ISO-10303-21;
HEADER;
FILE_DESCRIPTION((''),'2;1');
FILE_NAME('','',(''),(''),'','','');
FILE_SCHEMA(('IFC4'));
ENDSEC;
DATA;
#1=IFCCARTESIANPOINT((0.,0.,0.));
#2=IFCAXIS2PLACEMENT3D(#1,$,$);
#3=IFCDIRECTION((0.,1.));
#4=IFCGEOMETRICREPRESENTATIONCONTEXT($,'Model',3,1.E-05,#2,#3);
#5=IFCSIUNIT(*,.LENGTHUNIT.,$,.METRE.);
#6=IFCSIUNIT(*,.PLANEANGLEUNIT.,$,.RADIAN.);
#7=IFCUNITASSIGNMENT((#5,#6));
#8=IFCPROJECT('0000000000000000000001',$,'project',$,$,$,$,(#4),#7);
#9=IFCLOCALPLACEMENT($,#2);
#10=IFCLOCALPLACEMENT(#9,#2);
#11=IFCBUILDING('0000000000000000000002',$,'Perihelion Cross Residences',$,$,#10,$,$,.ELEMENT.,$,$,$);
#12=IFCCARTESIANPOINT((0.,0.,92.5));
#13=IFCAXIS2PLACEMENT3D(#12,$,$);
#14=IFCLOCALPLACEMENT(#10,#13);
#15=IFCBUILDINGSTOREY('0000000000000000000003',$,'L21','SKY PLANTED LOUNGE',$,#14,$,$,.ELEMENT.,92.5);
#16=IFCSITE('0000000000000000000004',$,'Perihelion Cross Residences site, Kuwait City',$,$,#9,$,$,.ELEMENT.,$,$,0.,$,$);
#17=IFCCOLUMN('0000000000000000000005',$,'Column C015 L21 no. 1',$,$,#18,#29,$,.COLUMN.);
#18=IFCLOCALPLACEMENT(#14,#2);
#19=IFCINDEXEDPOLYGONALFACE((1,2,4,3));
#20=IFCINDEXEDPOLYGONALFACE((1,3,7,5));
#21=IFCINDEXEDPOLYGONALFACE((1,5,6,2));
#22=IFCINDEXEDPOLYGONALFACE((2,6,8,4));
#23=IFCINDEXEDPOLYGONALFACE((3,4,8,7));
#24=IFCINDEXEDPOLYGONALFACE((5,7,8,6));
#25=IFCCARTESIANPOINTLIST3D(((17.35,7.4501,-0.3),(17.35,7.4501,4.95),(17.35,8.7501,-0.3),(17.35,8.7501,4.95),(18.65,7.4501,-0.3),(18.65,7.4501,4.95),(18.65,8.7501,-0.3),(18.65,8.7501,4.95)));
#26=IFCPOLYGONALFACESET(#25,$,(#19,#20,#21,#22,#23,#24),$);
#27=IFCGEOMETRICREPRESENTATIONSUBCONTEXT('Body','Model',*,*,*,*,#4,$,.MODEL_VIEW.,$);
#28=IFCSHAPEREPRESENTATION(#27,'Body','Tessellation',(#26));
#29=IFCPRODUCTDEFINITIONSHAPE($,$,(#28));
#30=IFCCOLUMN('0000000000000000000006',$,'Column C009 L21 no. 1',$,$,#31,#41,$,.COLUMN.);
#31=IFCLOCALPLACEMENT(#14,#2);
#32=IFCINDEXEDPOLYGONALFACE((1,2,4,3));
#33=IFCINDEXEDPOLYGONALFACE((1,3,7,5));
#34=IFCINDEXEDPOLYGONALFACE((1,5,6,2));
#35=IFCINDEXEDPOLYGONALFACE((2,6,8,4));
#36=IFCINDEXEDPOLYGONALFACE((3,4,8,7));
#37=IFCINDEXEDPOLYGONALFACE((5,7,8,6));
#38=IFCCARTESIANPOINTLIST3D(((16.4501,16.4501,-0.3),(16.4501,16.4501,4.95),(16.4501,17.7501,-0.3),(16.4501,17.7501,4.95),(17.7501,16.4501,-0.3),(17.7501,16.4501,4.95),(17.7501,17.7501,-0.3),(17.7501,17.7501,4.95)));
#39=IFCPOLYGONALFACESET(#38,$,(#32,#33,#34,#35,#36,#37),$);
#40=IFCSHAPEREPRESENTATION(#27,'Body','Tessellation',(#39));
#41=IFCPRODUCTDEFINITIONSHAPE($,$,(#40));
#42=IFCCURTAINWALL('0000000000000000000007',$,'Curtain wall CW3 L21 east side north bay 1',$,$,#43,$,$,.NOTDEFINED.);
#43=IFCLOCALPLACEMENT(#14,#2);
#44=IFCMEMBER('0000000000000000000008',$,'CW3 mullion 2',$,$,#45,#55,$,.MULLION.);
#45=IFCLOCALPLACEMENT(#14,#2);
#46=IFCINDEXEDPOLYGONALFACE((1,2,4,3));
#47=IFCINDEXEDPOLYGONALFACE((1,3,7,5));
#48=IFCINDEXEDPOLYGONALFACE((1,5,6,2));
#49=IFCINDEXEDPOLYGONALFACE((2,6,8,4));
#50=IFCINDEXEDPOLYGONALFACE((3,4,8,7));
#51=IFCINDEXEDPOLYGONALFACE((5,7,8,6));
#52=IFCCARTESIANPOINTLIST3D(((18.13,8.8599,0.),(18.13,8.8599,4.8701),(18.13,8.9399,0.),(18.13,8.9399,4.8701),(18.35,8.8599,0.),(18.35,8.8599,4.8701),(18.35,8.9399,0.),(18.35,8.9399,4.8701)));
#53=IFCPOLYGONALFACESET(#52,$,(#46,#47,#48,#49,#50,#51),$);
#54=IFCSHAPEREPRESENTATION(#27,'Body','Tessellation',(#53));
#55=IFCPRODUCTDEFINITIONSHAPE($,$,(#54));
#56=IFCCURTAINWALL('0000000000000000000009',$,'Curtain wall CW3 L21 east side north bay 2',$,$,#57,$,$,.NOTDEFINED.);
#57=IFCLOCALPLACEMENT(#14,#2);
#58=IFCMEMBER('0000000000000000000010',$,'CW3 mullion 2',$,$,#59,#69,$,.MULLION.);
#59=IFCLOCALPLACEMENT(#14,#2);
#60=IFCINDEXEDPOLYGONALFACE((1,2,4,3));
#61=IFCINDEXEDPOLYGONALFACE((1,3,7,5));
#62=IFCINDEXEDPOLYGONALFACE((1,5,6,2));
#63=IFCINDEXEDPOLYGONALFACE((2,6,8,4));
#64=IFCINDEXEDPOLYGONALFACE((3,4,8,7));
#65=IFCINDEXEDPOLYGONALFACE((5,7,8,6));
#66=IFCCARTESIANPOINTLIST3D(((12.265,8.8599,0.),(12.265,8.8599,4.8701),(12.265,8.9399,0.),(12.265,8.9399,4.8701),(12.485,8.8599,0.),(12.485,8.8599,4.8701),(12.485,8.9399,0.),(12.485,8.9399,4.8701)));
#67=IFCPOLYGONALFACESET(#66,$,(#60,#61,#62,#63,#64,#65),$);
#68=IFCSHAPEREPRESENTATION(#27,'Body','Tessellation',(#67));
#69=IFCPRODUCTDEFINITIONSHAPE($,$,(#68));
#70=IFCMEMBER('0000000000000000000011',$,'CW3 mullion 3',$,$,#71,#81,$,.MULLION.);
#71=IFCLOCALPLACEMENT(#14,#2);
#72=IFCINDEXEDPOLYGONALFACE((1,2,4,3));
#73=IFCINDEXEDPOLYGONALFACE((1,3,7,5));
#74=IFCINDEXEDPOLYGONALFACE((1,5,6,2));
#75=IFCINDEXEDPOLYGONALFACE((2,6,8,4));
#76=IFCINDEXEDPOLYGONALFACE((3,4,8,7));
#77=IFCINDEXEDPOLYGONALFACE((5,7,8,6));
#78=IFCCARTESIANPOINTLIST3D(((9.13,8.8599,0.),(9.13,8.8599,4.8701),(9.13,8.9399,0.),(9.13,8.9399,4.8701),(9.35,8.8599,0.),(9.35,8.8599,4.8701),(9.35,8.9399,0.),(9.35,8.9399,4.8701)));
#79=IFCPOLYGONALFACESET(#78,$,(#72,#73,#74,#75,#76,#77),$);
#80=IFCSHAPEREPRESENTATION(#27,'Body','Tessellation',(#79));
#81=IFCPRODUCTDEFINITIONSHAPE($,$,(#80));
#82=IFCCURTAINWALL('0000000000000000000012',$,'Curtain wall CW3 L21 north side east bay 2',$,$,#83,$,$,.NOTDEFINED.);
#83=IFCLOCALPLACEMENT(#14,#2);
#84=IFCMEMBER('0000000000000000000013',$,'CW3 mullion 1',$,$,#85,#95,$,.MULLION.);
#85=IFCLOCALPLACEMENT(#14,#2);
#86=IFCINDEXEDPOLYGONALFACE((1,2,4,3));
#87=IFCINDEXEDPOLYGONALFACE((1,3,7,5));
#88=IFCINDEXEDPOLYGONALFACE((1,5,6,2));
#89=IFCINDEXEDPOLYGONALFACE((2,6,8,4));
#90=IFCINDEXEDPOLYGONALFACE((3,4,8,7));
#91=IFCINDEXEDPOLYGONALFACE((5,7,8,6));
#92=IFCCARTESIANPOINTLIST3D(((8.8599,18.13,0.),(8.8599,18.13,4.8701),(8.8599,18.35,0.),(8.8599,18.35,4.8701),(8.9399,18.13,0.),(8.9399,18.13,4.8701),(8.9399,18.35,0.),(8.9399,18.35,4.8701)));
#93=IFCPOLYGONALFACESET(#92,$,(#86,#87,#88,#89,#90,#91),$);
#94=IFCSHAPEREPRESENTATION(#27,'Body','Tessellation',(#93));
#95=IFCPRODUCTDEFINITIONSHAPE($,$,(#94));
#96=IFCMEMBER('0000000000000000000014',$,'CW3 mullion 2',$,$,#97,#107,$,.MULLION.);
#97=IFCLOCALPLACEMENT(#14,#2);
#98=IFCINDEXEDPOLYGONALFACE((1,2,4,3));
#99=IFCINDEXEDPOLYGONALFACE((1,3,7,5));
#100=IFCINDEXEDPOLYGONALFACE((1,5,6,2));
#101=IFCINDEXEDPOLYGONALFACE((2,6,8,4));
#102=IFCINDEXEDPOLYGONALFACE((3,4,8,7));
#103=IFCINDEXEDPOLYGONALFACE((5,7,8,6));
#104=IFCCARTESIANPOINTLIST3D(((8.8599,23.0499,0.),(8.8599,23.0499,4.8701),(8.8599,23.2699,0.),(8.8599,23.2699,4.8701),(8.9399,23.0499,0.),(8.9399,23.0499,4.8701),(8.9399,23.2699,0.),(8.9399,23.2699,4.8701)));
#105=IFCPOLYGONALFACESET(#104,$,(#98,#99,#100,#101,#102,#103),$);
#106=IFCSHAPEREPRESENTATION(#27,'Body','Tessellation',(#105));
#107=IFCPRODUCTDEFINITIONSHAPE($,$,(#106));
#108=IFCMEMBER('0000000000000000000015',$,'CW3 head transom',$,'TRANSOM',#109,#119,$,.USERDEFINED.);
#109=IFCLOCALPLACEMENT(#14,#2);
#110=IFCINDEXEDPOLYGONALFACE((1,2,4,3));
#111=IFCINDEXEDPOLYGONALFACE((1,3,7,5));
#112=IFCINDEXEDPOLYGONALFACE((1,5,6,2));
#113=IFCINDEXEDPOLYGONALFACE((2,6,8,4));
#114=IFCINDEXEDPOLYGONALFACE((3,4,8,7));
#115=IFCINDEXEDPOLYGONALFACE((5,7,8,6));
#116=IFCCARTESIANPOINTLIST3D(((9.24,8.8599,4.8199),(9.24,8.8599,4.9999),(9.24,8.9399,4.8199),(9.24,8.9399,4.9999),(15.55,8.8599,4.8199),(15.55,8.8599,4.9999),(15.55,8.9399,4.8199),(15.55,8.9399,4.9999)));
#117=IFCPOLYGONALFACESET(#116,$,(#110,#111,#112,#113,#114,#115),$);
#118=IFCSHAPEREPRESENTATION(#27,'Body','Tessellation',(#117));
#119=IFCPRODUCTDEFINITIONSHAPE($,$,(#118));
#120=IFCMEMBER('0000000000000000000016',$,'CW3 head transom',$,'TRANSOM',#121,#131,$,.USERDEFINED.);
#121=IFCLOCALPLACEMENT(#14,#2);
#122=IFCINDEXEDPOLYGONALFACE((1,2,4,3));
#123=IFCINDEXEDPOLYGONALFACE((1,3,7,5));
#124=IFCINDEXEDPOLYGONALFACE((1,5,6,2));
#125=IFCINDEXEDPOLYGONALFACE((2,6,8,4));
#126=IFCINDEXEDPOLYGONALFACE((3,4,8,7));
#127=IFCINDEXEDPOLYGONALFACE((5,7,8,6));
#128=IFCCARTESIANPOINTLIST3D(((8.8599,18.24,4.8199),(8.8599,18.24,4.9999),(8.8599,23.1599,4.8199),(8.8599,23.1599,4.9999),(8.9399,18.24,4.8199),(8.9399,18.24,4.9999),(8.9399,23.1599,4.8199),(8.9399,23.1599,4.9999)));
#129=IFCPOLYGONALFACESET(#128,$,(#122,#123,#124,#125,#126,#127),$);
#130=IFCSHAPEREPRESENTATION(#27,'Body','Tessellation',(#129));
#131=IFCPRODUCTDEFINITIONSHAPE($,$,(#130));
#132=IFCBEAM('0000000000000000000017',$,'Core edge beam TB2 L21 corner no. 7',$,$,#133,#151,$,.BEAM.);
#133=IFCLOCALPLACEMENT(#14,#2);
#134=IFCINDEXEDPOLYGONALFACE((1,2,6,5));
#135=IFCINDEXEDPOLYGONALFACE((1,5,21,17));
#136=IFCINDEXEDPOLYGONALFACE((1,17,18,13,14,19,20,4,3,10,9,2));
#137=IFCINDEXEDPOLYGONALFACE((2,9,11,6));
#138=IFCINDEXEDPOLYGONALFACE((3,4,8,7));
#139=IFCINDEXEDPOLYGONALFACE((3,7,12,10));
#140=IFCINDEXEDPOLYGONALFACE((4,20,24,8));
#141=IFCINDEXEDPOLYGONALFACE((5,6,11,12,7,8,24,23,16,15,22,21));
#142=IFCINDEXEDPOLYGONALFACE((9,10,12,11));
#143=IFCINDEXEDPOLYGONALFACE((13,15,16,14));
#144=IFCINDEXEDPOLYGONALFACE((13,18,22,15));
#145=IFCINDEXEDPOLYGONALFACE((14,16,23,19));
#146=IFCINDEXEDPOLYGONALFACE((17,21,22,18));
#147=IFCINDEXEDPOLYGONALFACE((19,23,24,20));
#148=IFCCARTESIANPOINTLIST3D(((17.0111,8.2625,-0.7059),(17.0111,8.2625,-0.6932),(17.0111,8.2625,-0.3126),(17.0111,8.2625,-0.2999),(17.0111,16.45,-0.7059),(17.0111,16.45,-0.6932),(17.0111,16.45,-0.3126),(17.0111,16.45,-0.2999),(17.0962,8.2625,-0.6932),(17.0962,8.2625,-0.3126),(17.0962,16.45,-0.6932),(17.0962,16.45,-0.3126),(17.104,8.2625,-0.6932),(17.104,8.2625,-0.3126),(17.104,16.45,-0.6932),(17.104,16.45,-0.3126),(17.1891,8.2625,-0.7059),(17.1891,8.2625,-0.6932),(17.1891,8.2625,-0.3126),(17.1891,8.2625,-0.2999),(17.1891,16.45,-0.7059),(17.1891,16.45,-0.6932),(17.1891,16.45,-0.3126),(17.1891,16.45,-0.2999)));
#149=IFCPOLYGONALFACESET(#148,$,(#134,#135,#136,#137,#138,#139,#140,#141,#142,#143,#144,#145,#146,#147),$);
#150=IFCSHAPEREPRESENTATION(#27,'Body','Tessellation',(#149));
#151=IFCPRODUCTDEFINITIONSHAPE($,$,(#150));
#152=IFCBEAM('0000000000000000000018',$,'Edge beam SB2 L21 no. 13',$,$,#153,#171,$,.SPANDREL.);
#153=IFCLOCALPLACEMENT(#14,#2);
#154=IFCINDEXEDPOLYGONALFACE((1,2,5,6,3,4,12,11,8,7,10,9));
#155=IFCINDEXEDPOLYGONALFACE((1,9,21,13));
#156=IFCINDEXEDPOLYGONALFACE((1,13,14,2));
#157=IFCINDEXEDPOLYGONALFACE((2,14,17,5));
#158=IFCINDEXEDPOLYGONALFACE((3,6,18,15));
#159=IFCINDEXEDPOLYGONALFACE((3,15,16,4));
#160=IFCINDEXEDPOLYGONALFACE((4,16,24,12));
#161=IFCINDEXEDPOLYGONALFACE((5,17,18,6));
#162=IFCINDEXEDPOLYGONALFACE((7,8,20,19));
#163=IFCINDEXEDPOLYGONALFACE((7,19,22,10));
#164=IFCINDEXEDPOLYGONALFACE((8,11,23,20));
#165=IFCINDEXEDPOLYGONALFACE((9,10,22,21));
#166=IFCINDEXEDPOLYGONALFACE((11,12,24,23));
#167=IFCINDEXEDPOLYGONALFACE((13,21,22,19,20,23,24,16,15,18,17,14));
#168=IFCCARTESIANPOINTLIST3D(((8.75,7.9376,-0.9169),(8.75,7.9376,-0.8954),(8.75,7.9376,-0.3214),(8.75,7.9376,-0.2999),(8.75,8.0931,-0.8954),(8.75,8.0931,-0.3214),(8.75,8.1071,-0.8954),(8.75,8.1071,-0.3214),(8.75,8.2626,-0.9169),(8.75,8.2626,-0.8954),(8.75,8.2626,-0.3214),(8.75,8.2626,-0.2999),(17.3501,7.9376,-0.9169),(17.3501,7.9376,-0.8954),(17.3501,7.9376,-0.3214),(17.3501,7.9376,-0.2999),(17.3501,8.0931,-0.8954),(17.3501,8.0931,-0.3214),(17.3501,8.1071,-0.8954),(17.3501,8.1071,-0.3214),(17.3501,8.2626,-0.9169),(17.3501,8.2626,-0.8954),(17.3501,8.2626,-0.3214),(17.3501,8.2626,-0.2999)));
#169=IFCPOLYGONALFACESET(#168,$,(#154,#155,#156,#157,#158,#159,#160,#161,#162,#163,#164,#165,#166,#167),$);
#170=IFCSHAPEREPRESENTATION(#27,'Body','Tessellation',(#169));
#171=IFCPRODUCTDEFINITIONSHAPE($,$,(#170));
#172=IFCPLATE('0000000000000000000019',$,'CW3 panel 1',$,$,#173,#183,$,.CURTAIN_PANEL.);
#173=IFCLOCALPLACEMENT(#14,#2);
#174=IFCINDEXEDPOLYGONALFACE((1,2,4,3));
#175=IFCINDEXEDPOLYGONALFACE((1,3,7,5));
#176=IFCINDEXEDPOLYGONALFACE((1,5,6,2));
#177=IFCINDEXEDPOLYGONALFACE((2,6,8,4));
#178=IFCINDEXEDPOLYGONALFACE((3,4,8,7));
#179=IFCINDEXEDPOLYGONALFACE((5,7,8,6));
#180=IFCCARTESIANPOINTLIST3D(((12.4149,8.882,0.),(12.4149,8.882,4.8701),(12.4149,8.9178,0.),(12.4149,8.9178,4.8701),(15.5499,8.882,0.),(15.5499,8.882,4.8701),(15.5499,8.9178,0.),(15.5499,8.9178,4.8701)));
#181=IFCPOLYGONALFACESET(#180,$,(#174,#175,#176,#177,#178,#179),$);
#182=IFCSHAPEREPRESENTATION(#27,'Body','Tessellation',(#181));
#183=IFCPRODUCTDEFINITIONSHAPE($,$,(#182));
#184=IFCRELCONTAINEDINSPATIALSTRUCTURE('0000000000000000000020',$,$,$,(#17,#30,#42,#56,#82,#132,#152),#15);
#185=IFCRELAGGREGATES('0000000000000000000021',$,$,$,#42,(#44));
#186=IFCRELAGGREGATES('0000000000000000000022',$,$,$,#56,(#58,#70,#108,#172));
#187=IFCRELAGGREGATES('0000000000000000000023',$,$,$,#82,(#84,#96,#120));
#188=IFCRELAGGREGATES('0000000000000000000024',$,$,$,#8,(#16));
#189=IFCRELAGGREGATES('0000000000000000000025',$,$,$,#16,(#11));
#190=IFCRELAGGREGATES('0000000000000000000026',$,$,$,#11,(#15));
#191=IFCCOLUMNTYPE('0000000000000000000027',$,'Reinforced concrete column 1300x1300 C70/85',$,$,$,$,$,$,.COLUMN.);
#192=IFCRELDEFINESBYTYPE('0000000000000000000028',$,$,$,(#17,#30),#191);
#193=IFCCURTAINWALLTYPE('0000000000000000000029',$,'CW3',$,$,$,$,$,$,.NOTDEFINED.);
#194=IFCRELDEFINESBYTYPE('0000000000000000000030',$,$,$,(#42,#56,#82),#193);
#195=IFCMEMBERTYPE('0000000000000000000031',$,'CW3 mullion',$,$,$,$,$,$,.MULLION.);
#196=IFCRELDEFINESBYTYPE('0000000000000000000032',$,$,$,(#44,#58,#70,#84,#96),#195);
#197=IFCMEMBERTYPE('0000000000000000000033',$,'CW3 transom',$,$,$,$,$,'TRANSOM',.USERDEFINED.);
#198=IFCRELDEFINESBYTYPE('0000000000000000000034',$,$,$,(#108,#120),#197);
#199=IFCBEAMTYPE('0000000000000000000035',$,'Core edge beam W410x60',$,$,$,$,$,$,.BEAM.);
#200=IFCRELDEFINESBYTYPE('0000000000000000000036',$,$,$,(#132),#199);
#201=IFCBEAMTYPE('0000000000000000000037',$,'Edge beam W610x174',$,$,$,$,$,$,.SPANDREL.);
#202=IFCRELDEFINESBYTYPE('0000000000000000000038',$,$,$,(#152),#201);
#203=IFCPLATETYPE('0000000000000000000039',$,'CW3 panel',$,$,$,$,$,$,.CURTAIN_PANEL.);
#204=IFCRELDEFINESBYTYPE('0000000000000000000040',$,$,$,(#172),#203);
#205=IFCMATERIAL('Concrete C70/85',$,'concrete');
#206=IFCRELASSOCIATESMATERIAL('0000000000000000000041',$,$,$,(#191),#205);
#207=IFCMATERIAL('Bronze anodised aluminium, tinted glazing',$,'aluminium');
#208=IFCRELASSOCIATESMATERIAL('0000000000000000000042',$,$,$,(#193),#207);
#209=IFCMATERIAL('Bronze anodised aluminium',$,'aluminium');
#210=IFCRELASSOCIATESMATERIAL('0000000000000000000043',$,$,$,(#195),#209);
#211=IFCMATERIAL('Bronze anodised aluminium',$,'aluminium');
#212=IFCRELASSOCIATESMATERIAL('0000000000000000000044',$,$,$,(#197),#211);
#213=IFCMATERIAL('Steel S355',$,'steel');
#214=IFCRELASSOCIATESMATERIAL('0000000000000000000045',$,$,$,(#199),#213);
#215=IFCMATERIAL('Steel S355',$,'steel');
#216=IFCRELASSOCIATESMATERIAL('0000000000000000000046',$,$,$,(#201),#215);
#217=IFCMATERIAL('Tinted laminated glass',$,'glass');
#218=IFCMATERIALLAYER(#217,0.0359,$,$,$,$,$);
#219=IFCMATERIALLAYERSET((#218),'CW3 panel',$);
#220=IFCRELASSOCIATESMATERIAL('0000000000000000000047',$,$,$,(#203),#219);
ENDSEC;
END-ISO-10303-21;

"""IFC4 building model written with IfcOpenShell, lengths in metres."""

from ifc_helpers import new_model, si_unit, direction, frame, origin, origin_2d, place, context, subcontext, project, spatial, rectangle, i_section, extrude, material, layer, layer_set, material_profile, profile_set, type_object, element, aggregate, save


model = new_model("IFC4")

# Units and contexts
model_context = context("Model", 3, precision=1e-05, world=origin(), true_north=direction((0.0, 1.0)))
body_context = subcontext(model_context, "Body", "Model", "MODEL_VIEW")
ifc_project = project(units=[si_unit("LENGTHUNIT", "METRE"), si_unit("PLANEANGLEUNIT", "RADIAN")], contexts=[model_context])

# Site, building, storey
site_placement = place(None, origin())
site = spatial("IfcSite", under=ifc_project, at=site_placement, Name="Perihelion Cross Residences site, Kuwait City", CompositionType="ELEMENT", RefElevation=0.0)
building_placement = place(site_placement, origin())
building = spatial("IfcBuilding", under=site, at=building_placement, Name="Perihelion Cross Residences", CompositionType="ELEMENT")
storey_placement = place(building_placement, frame((0.0, 0.0, 92.5)))
storey = spatial("IfcBuildingStorey", under=building, at=storey_placement, Name="L21", Description="SKY PLANTED LOUNGE", CompositionType="ELEMENT", Elevation=92.5)

# Columns
ifc_material_1 = material(Name="Concrete C70/85", Category="concrete")
ifc_material_profile_1 = material_profile(ifc_material_1, rectangle(XDim=1.3, YDim=1.3, at=origin_2d()), Name="RC 1300x1300")
ifc_profile_set_1 = profile_set([ifc_material_profile_1], Name="Concrete C70/85")
column_type = type_object("IfcColumnType", Name="Reinforced concrete column 1300x1300 C70/85", PredefinedType="COLUMN", material=ifc_profile_set_1)
for number, where, z_axis, x_axis, name in (
    (1, (18.0, 8.1001, -0.3), (0.0, 0.0, 1.0), (1.0, 0.0, 0.0), "Column C015 L21 no. 1"),
    (2, (17.1001, 17.1001, -0.3), (0.0, 0.0, 1.0), (1.0, 0.0, 0.0), "Column C009 L21 no. 1"),
):
    element("IfcColumn", number, at=place(storey_placement, frame(where, z_axis=z_axis, x_axis=x_axis)), inside=storey, type_object=column_type, Name=name, PredefinedType="COLUMN", context=body_context, shape_type="SweptSolid", body=[
        extrude(rectangle(XDim=1.3, YDim=1.3, at=origin_2d()), origin(), (0.0, 0.0, 1.0), 5.25),
    ])

# Curtain wall, member
ifc_material_2 = material(Name="Bronze anodised aluminium, tinted glazing", Category="aluminium")
curtain_wall_type = type_object("IfcCurtainWallType", Name="CW3", PredefinedType="NOTDEFINED", material=ifc_material_2)
curtain_wall_1_placement = place(storey_placement, origin())
curtain_wall_1 = element("IfcCurtainWall", 3, at=curtain_wall_1_placement, inside=storey, type_object=curtain_wall_type, Name="Curtain wall CW3 L21 east side north bay 1", PredefinedType="NOTDEFINED")
ifc_material_3 = material(Name="Bronze anodised aluminium", Category="aluminium")
ifc_material_profile_2 = material_profile(ifc_material_3, rectangle(XDim=0.0801, YDim=0.22, at=origin_2d()), Name="CW3 mullion")
ifc_profile_set_2 = profile_set([ifc_material_profile_2], Name="Bronze anodised aluminium")
member_type_1 = type_object("IfcMemberType", Name="CW3 mullion", PredefinedType="MULLION", material=ifc_profile_set_2)
member_1_placement = place(storey_placement, frame((18.24, 8.8999, 0.0), z_axis=(0.0, 0.0, 1.0), x_axis=(0.0, -1.0, 0.0)))
member_1 = element("IfcMember", 4, at=member_1_placement, type_object=member_type_1, Name="CW3 mullion 2", PredefinedType="MULLION", context=body_context, shape_type="SweptSolid", body=[
    extrude(rectangle(XDim=0.0801, YDim=0.22, at=origin_2d()), origin(), (0.0, 0.0, 1.0), 4.8701),
])
aggregate(curtain_wall_1, [member_1])

# Curtain walls, members
curtain_wall_2_placement = place(storey_placement, origin())
curtain_wall_2 = element("IfcCurtainWall", 5, at=curtain_wall_2_placement, inside=storey, type_object=curtain_wall_type, Name="Curtain wall CW3 L21 east side north bay 2", PredefinedType="NOTDEFINED")
member_2_placement = place(storey_placement, frame((12.375, 8.8999, 0.0), z_axis=(0.0, 0.0, 1.0), x_axis=(0.0, -1.0, 0.0)))
member_2 = element("IfcMember", 6, at=member_2_placement, type_object=member_type_1, Name="CW3 mullion 2", PredefinedType="MULLION", context=body_context, shape_type="SweptSolid", body=[
    extrude(rectangle(XDim=0.0801, YDim=0.22, at=origin_2d()), origin(), (0.0, 0.0, 1.0), 4.8701),
])
member_3_placement = place(storey_placement, frame((9.24, 8.8999, 0.0), z_axis=(0.0, 0.0, 1.0), x_axis=(0.0, -1.0, 0.0)))
member_3 = element("IfcMember", 7, at=member_3_placement, type_object=member_type_1, Name="CW3 mullion 3", PredefinedType="MULLION", context=body_context, shape_type="SweptSolid", body=[
    extrude(rectangle(XDim=0.0801, YDim=0.22, at=origin_2d()), origin(), (0.0, 0.0, 1.0), 4.8701),
])
curtain_wall_3_placement = place(storey_placement, origin())
curtain_wall_3 = element("IfcCurtainWall", 8, at=curtain_wall_3_placement, inside=storey, type_object=curtain_wall_type, Name="Curtain wall CW3 L21 north side east bay 2", PredefinedType="NOTDEFINED")
member_4_placement = place(storey_placement, frame((8.8999, 18.24, 0.0), z_axis=(0.0, 0.0, 1.0), x_axis=(-1.0, 0.0, 0.0)))
member_4 = element("IfcMember", 9, at=member_4_placement, type_object=member_type_1, Name="CW3 mullion 1", PredefinedType="MULLION", context=body_context, shape_type="SweptSolid", body=[
    extrude(rectangle(XDim=0.0801, YDim=0.22, at=origin_2d()), origin(), (0.0, 0.0, 1.0), 4.8701),
])
member_5_placement = place(storey_placement, frame((8.8999, 23.1599, 0.0), z_axis=(0.0, 0.0, 1.0), x_axis=(-1.0, 0.0, 0.0)))
member_5 = element("IfcMember", 10, at=member_5_placement, type_object=member_type_1, Name="CW3 mullion 2", PredefinedType="MULLION", context=body_context, shape_type="SweptSolid", body=[
    extrude(rectangle(XDim=0.0801, YDim=0.22, at=origin_2d()), origin(), (0.0, 0.0, 1.0), 4.8701),
])

# Members
ifc_material_4 = material(Name="Bronze anodised aluminium", Category="aluminium")
ifc_material_profile_3 = material_profile(ifc_material_4, rectangle(XDim=0.0801, YDim=0.1799, at=origin_2d()), Name="CW3 transom")
ifc_profile_set_3 = profile_set([ifc_material_profile_3], Name="Bronze anodised aluminium")
member_type_2 = type_object("IfcMemberType", Name="CW3 transom", ElementType="TRANSOM", PredefinedType="USERDEFINED", material=ifc_profile_set_3)
member_6_placement = place(storey_placement, frame((15.55, 8.8999, 4.9099), z_axis=(-1.0, 0.0, 0.0), x_axis=(0.0, -1.0, 0.0)))
member_6 = element("IfcMember", 11, at=member_6_placement, type_object=member_type_2, Name="CW3 head transom", ObjectType="TRANSOM", PredefinedType="USERDEFINED", context=body_context, shape_type="SweptSolid", body=[
    extrude(rectangle(XDim=0.0801, YDim=0.1799, at=origin_2d()), origin(), (0.0, 0.0, 1.0), 6.3101),
])
member_7_placement = place(storey_placement, frame((8.8999, 18.24, 4.9099), z_axis=(0.0, 1.0, 0.0), x_axis=(-1.0, 0.0, 0.0)))
member_7 = element("IfcMember", 12, at=member_7_placement, type_object=member_type_2, Name="CW3 head transom", ObjectType="TRANSOM", PredefinedType="USERDEFINED", context=body_context, shape_type="SweptSolid", body=[
    extrude(rectangle(XDim=0.0801, YDim=0.1799, at=origin_2d()), origin(), (0.0, 0.0, 1.0), 4.9199),
])

# Beams
ifc_material_5 = material(Name="Steel S355", Category="steel")
ifc_material_profile_4 = material_profile(ifc_material_5, i_section(OverallWidth=0.178, OverallDepth=0.406, WebThickness=0.0078, FlangeThickness=0.0127, at=origin_2d()), Name="W410x60")
ifc_profile_set_4 = profile_set([ifc_material_profile_4], Name="Steel S355")
beam_type_1 = type_object("IfcBeamType", Name="Core edge beam W410x60", PredefinedType="BEAM", material=ifc_profile_set_4)
beam_1_placement = place(storey_placement, frame((17.1001, 8.2625, -0.5029), z_axis=(0.0, 1.0, 0.0), x_axis=(-1.0, 0.0, 0.0)))
element("IfcBeam", 13, at=beam_1_placement, inside=storey, type_object=beam_type_1, Name="Core edge beam TB2 L21 corner no. 7", PredefinedType="BEAM", context=body_context, shape_type="SweptSolid", body=[
    extrude(i_section(OverallWidth=0.178, OverallDepth=0.406, WebThickness=0.0078, FlangeThickness=0.0127, at=origin_2d()), origin(), (0.0, 0.0, 1.0), 8.1875),
])
ifc_material_6 = material(Name="Steel S355", Category="steel")
ifc_material_profile_5 = material_profile(ifc_material_6, i_section(OverallWidth=0.325, OverallDepth=0.6169, WebThickness=0.0139, FlangeThickness=0.0215, at=origin_2d()), Name="W610x174")
ifc_profile_set_5 = profile_set([ifc_material_profile_5], Name="Steel S355")
beam_type_2 = type_object("IfcBeamType", Name="Edge beam W610x174", PredefinedType="SPANDREL", material=ifc_profile_set_5)
beam_2_placement = place(storey_placement, frame((17.3501, 8.1001, -0.6084), z_axis=(-1.0, 0.0, 0.0), x_axis=(0.0, -1.0, 0.0)))
element("IfcBeam", 14, at=beam_2_placement, inside=storey, type_object=beam_type_2, Name="Edge beam SB2 L21 no. 13", PredefinedType="SPANDREL", context=body_context, shape_type="SweptSolid", body=[
    extrude(i_section(OverallWidth=0.325, OverallDepth=0.6169, WebThickness=0.0139, FlangeThickness=0.0215, at=origin_2d()), origin(), (0.0, 0.0, 1.0), 8.6001),
])

# Plate
ifc_material_7 = material(Name="Tinted laminated glass", Category="glass")
ifc_layer_1 = layer(ifc_material_7, 0.0359)
ifc_layer_set_1 = layer_set([ifc_layer_1], Name="CW3 panel")
plate_type = type_object("IfcPlateType", Name="CW3 panel", PredefinedType="CURTAIN_PANEL", material=ifc_layer_set_1)
plate_1_placement = place(storey_placement, frame((13.9824, 8.8999, 0.0), z_axis=(0.0, 0.0, 1.0), x_axis=(-1.0, 0.0, 0.0)))
plate_1 = element("IfcPlate", 15, at=plate_1_placement, type_object=plate_type, Name="CW3 panel 1", PredefinedType="CURTAIN_PANEL", context=body_context, shape_type="SweptSolid", body=[
    extrude(rectangle(XDim=3.135, YDim=0.0359, at=origin_2d()), origin(), (0.0, 0.0, 1.0), 4.8701),
])
aggregate(curtain_wall_2, [member_2, member_3, member_6, plate_1])

aggregate(curtain_wall_3, [member_4, member_5, member_7])

save(model, "model.ifc")
